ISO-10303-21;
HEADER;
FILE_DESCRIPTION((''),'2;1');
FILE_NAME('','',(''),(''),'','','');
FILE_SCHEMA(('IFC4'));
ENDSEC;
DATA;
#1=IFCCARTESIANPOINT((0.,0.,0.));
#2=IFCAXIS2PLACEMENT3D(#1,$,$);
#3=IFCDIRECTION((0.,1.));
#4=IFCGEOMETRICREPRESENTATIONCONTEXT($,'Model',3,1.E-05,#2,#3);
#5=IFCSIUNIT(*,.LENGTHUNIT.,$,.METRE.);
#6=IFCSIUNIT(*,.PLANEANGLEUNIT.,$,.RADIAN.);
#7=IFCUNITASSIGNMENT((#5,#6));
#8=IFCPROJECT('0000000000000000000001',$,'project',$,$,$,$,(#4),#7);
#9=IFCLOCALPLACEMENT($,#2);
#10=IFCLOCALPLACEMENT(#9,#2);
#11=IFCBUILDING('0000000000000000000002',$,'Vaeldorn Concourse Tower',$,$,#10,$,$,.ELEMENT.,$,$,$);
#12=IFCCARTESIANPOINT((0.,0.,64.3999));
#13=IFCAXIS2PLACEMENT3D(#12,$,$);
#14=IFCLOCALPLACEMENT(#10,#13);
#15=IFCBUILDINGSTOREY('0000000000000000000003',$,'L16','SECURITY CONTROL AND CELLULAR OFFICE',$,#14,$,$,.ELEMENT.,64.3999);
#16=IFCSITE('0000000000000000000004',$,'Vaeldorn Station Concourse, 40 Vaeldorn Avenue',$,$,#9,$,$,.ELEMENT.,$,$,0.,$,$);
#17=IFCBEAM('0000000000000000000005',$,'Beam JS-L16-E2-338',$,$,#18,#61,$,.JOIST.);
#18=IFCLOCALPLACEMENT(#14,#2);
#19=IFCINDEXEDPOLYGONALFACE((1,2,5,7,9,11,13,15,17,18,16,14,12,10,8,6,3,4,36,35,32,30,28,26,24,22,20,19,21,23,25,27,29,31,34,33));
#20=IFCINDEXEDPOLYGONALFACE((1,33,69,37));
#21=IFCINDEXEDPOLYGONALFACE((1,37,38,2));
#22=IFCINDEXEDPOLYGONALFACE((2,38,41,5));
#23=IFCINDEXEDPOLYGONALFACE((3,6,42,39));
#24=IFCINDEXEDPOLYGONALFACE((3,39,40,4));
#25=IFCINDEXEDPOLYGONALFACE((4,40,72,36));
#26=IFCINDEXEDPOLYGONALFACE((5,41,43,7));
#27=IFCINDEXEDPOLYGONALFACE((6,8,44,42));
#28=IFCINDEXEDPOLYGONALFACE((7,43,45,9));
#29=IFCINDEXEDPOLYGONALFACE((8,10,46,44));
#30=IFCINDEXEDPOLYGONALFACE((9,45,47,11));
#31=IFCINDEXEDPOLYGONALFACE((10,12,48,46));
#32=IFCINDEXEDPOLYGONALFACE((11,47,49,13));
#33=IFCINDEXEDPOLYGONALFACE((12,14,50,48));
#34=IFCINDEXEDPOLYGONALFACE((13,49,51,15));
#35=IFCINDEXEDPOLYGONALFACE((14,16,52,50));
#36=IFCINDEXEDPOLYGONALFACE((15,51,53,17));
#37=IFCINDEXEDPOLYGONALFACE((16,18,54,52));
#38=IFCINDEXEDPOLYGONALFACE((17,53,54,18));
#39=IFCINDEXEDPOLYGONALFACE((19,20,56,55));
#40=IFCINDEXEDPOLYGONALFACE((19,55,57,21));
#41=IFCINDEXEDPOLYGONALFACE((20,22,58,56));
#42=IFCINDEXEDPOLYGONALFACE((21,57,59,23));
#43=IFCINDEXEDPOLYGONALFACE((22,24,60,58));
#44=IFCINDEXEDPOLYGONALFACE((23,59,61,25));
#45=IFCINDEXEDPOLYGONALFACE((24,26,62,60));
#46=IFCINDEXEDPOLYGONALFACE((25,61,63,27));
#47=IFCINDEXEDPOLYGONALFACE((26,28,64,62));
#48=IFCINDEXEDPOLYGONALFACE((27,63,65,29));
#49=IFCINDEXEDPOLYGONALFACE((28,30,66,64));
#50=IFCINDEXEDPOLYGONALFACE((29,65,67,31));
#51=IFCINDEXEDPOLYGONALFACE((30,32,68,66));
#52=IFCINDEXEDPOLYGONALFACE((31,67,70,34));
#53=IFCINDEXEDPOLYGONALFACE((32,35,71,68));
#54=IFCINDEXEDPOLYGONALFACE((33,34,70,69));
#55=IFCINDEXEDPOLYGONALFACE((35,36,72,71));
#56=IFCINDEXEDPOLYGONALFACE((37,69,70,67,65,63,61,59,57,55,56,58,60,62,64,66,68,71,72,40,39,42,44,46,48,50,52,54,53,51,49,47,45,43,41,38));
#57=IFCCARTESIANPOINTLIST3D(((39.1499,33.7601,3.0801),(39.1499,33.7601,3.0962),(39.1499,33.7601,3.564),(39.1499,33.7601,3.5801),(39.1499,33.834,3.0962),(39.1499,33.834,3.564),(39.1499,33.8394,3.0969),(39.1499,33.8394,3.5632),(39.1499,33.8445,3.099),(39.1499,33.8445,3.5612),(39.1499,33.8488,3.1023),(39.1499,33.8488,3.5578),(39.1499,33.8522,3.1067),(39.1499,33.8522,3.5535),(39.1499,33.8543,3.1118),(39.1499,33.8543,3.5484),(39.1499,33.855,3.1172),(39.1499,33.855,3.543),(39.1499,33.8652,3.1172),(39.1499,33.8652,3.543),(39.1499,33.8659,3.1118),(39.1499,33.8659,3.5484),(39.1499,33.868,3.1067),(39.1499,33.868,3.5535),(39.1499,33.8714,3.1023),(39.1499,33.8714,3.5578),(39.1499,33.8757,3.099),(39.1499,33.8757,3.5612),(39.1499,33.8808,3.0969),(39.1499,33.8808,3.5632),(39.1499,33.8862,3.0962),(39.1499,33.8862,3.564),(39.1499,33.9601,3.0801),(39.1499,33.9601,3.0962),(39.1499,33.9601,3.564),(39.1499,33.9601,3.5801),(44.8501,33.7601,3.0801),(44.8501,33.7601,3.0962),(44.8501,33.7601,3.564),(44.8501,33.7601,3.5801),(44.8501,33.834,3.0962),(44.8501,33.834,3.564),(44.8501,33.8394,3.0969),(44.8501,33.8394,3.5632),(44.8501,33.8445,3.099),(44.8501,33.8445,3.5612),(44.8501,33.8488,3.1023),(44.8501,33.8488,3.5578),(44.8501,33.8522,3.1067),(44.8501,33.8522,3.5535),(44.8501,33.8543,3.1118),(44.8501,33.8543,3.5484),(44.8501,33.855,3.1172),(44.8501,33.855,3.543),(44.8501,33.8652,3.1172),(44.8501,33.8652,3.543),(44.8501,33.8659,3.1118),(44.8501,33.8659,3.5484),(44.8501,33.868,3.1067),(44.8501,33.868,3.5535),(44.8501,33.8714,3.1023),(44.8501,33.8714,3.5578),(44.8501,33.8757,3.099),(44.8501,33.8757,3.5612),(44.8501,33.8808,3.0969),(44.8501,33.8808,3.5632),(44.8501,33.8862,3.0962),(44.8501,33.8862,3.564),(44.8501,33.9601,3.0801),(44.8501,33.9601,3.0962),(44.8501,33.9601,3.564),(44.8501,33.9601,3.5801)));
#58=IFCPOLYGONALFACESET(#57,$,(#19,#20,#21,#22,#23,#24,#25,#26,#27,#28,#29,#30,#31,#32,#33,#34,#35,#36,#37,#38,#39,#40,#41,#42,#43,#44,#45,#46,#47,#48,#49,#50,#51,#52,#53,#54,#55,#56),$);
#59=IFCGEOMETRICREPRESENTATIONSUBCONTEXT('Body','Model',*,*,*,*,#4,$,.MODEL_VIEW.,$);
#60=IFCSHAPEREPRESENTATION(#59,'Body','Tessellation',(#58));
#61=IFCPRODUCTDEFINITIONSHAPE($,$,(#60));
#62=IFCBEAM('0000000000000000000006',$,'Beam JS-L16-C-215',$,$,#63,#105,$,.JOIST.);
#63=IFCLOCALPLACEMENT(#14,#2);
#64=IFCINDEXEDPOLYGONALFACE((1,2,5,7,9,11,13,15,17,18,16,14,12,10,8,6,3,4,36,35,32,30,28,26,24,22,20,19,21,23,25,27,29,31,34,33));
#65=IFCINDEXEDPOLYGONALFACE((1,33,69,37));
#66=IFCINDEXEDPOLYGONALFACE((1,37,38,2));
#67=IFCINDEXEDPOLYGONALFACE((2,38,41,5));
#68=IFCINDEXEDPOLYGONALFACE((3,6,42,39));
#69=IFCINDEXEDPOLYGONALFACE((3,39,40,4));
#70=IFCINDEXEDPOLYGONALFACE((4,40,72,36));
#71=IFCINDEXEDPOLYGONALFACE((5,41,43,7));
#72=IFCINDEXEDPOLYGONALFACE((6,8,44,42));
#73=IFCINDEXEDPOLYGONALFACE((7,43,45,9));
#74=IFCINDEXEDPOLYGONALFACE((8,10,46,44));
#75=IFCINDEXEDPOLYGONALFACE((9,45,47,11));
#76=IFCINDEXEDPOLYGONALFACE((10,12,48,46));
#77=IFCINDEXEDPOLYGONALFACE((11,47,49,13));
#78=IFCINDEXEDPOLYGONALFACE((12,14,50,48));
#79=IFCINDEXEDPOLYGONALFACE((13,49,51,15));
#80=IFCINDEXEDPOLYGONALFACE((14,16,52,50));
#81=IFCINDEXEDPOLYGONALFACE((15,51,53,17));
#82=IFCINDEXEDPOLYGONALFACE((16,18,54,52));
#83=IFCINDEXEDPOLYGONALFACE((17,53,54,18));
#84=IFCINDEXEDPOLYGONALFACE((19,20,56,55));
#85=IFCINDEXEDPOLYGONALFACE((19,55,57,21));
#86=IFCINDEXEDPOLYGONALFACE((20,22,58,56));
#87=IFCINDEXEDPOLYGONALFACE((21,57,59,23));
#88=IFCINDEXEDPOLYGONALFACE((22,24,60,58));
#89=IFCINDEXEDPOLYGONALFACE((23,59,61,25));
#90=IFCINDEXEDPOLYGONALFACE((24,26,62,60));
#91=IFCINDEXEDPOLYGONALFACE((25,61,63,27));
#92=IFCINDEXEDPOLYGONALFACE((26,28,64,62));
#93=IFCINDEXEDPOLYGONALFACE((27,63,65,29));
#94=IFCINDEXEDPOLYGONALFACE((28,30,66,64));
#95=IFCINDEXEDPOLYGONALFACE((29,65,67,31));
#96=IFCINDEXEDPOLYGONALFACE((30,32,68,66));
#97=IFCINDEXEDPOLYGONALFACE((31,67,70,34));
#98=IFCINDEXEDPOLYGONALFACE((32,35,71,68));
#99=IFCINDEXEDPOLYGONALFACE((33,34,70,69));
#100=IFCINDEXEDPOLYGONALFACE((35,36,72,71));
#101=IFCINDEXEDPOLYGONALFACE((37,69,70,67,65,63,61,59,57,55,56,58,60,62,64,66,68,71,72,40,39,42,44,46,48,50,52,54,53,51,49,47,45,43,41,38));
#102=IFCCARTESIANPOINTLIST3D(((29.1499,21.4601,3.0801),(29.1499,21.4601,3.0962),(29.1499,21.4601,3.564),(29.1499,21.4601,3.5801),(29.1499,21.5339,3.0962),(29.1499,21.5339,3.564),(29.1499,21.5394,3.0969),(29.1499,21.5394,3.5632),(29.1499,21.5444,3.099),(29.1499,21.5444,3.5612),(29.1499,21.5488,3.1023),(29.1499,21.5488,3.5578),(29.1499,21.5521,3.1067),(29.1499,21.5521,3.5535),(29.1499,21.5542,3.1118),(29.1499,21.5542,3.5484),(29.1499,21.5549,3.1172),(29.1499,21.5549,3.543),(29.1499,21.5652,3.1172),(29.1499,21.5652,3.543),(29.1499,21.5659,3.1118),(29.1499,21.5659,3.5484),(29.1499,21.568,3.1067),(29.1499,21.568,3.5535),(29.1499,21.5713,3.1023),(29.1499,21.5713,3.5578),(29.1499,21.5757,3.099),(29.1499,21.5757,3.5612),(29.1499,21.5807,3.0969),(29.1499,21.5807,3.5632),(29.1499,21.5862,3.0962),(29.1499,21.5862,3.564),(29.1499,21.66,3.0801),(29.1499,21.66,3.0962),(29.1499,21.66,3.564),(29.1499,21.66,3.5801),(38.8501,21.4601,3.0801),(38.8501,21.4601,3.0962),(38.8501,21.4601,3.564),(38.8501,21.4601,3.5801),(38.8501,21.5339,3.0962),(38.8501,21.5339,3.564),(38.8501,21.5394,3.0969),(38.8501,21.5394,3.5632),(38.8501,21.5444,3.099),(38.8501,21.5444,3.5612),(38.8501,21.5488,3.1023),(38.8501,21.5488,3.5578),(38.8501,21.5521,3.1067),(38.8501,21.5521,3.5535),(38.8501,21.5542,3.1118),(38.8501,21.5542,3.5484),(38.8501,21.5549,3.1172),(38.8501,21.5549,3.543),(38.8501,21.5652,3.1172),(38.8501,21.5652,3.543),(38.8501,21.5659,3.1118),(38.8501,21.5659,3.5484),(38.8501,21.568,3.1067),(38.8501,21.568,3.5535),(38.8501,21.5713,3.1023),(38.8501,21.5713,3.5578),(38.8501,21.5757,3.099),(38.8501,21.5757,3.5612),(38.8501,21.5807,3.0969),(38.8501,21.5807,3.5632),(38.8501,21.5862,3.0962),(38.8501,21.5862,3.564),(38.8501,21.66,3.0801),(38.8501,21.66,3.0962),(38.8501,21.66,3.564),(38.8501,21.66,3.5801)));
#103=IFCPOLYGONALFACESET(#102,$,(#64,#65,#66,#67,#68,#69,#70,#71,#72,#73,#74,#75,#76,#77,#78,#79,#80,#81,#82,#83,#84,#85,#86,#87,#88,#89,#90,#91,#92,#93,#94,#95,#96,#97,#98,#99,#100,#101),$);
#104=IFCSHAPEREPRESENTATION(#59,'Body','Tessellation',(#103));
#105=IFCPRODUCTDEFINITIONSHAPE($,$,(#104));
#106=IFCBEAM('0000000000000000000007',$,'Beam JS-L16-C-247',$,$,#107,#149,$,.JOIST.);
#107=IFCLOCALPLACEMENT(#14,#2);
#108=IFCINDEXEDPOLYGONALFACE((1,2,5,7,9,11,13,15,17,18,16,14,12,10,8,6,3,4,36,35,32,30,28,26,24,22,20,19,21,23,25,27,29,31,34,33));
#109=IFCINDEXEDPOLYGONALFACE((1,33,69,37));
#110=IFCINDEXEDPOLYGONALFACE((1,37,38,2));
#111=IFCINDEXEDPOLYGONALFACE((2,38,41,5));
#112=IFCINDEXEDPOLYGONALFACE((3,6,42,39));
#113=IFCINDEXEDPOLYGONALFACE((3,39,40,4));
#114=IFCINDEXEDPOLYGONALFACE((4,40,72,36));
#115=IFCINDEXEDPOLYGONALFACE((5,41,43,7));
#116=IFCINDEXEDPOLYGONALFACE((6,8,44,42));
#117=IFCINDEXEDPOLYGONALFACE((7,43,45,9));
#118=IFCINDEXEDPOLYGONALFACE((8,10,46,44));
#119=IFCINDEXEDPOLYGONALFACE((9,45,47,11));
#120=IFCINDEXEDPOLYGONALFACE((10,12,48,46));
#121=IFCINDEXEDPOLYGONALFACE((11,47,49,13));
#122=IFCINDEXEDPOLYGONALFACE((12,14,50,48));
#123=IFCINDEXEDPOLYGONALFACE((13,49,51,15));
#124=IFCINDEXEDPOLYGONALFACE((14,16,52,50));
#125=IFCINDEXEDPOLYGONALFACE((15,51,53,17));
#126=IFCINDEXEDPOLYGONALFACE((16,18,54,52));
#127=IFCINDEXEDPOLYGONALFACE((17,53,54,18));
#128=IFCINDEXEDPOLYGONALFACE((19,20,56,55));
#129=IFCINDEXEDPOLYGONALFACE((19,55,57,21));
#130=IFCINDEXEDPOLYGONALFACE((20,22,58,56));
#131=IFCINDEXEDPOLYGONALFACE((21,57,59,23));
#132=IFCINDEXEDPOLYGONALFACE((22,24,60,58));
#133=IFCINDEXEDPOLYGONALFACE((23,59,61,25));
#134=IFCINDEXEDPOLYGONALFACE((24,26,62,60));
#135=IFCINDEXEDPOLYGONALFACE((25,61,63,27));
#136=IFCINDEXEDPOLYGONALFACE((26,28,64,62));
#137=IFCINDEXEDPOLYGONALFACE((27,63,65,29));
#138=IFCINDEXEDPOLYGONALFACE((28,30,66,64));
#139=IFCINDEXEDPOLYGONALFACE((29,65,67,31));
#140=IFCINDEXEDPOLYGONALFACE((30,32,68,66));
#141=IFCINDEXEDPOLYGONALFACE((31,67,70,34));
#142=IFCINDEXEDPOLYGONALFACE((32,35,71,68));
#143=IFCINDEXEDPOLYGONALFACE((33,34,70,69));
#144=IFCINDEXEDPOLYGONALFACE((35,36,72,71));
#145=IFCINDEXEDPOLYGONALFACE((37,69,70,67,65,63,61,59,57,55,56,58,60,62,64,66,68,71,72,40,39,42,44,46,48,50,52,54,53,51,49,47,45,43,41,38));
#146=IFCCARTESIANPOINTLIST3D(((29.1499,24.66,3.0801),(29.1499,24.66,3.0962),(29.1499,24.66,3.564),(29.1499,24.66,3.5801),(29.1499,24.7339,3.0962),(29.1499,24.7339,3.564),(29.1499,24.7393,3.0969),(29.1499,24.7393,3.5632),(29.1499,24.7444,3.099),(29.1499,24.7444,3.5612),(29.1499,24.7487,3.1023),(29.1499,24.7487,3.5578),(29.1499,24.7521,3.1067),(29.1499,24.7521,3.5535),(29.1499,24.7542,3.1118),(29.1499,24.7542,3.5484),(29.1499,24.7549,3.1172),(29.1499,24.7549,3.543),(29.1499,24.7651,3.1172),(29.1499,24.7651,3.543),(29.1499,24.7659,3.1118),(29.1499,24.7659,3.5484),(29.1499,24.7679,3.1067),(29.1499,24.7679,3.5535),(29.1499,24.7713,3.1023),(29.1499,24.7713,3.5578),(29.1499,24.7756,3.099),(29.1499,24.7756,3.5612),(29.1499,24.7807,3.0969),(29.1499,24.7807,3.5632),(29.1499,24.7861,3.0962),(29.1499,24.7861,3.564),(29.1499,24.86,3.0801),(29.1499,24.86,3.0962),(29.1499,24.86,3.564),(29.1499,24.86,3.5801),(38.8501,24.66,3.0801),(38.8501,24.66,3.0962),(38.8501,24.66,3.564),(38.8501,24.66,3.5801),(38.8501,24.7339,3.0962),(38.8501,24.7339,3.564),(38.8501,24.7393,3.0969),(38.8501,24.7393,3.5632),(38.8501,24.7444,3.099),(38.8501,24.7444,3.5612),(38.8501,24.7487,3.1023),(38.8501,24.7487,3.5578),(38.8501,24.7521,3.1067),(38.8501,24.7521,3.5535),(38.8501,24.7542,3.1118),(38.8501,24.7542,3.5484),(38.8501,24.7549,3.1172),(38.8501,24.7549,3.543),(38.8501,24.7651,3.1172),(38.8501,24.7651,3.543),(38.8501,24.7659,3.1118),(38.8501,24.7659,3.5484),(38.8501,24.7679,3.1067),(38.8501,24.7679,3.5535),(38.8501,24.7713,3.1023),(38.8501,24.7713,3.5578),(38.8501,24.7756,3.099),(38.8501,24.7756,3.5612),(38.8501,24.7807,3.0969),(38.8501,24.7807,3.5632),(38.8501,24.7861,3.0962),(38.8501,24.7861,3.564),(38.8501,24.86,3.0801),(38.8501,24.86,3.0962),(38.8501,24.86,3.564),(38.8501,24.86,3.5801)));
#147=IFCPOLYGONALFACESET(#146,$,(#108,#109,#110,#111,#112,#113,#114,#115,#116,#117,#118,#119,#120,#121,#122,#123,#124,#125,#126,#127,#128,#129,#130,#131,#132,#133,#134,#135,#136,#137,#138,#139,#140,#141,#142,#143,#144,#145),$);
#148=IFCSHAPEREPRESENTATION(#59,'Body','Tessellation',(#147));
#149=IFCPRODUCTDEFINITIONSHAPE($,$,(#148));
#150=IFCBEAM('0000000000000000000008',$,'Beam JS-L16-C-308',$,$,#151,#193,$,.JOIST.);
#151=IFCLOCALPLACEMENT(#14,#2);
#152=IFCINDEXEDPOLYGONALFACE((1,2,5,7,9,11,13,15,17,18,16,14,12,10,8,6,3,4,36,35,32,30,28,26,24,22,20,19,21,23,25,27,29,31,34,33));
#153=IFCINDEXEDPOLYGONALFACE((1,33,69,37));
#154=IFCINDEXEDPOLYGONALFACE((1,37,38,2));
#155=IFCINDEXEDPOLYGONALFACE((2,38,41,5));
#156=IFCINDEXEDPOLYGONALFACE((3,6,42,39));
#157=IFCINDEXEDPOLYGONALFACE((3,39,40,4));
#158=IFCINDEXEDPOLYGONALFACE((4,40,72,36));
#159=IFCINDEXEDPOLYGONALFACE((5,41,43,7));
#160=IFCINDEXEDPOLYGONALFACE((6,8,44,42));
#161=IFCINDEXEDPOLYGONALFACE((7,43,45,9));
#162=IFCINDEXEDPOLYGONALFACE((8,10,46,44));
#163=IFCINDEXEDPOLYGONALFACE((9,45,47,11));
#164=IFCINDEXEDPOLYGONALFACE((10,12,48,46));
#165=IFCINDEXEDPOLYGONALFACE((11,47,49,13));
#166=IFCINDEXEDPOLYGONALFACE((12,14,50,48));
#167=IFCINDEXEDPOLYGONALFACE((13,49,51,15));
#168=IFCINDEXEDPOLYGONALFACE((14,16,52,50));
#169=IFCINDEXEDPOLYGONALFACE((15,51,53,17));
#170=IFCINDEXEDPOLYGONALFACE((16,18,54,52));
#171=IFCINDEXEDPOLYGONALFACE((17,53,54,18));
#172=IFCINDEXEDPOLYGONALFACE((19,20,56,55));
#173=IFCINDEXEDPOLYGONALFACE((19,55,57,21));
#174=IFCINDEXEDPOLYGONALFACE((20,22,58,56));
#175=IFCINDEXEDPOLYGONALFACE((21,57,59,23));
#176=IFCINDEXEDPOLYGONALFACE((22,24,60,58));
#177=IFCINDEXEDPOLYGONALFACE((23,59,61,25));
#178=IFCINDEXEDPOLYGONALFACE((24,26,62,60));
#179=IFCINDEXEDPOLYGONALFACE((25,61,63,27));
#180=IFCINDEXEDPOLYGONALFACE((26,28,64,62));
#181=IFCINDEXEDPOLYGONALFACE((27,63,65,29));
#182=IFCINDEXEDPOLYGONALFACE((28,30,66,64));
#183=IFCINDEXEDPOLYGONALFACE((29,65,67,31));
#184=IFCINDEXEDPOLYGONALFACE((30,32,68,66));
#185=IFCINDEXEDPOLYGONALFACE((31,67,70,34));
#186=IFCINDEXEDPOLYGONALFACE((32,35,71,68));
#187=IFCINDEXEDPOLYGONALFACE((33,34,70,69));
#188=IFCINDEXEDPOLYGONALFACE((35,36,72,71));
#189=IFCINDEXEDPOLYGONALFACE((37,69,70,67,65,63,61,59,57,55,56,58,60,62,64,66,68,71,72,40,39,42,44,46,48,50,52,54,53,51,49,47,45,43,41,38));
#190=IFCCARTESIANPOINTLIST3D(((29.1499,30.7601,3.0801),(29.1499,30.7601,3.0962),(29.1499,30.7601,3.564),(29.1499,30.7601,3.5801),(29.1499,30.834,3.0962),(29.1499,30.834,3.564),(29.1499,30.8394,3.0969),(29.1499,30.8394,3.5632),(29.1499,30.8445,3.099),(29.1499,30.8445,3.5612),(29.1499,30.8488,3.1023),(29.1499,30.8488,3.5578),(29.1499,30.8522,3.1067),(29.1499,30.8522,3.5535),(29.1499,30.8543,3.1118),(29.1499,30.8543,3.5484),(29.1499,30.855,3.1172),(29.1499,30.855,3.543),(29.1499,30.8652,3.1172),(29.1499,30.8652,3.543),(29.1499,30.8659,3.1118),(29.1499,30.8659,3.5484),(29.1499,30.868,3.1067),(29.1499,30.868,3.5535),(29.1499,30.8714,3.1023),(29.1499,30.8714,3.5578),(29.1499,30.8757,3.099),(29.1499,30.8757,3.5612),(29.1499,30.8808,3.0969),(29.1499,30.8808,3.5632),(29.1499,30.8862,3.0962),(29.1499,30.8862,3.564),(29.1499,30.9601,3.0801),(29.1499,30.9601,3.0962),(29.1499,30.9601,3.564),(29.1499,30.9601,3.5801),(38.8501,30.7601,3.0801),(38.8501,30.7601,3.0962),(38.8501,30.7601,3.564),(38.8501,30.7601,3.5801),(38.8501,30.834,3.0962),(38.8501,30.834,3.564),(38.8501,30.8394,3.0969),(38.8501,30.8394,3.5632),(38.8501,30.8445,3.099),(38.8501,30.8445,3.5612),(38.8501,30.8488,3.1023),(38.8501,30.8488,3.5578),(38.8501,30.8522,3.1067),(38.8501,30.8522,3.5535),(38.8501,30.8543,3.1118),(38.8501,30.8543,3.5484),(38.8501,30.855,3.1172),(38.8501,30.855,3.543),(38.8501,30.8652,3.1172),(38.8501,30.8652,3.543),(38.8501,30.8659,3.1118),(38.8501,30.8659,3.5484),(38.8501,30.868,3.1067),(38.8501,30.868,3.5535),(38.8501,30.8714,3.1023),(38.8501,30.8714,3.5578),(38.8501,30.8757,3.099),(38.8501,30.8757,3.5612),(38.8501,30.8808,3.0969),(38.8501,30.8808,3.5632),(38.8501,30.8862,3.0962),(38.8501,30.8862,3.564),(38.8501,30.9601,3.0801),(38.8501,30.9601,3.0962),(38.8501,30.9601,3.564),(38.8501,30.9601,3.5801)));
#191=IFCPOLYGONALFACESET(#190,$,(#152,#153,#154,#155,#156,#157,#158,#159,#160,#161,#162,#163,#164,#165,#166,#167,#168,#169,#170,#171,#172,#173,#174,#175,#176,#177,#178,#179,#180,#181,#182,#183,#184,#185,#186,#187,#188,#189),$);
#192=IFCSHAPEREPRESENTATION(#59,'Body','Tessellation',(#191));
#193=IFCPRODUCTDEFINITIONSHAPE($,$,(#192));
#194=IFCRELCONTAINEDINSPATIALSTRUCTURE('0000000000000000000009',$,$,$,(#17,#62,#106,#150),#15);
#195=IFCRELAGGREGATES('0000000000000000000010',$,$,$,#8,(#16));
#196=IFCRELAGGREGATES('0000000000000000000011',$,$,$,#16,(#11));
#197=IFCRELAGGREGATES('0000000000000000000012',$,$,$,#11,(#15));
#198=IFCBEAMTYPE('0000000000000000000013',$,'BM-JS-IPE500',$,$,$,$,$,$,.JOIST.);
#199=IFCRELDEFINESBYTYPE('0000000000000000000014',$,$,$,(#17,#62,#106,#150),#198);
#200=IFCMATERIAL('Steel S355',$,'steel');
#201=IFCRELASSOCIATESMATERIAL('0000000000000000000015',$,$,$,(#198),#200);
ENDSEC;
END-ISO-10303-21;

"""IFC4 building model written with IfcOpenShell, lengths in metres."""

from ifc_helpers import new_model, si_unit, direction, frame, origin, origin_2d, place, context, subcontext, project, spatial, i_section, extrude, source, transform, mapped, material, material_profile, profile_set, type_object, element, save


model = new_model("IFC4")

# Units and contexts
model_context = context("Model", 3, precision=1e-05, world=origin(), true_north=direction((0.0, 1.0)))
body_context = subcontext(model_context, "Body", "Model", "MODEL_VIEW")
ifc_project = project(units=[si_unit("LENGTHUNIT", "METRE"), si_unit("PLANEANGLEUNIT", "RADIAN")], contexts=[model_context])

# Site, building, storey
site_placement = place(None, origin())
site = spatial("IfcSite", under=ifc_project, at=site_placement, Name="Vaeldorn Station Concourse, 40 Vaeldorn Avenue", CompositionType="ELEMENT", RefElevation=0.0)
building_placement = place(site_placement, origin())
building = spatial("IfcBuilding", under=site, at=building_placement, Name="Vaeldorn Concourse Tower", CompositionType="ELEMENT")
storey_placement = place(building_placement, frame((0.0, 0.0, 64.3999)))
storey = spatial("IfcBuildingStorey", under=building, at=storey_placement, Name="L16", Description="SECURITY CONTROL AND CELLULAR OFFICE", CompositionType="ELEMENT", Elevation=64.3999)

# Beams
ifc_material_1 = material(Name="Steel S355", Category="steel")
ifc_material_profile_1 = material_profile(ifc_material_1, i_section(OverallWidth=0.2, OverallDepth=0.5, WebThickness=0.0103, FlangeThickness=0.0161, FilletRadius=0.021, at=origin_2d()), Name="IPE 500")
ifc_profile_set_1 = profile_set([ifc_material_profile_1], Name="Steel S355")
beam_type_1 = type_object("IfcBeamType", Name="BM-JS-IPE500", PredefinedType="JOIST", material=ifc_profile_set_1)
shared_shape_1 = source(origin(), body_context, "Body", "SweptSolid", [
    extrude(i_section(OverallWidth=0.2, OverallDepth=0.5, WebThickness=0.0103, FlangeThickness=0.0161, FilletRadius=0.021, at=origin_2d()), origin(), (0.0, 0.0, 1.0), 5.7002),
])
for number, where, z_axis, x_axis, name in (
    (1, (39.1499, 33.8601, 3.3301), (1.0, 0.0, 0.0), (0.0, 1.0, 0.0), "Beam JS-L16-E2-338"),
):
    element("IfcBeam", number, at=place(storey_placement, frame(where, z_axis=z_axis, x_axis=x_axis)), inside=storey, type_object=beam_type_1, Name=name, PredefinedType="JOIST", context=body_context, shape_type="MappedRepresentation", body=[
        mapped(shared_shape_1, transform((0.0, 0.0, 0.0), scale=1.0)),
    ])
shared_shape_2 = source(origin(), body_context, "Body", "SweptSolid", [
    extrude(i_section(OverallWidth=0.2, OverallDepth=0.5, WebThickness=0.0103, FlangeThickness=0.0161, FilletRadius=0.021, at=origin_2d()), origin(), (0.0, 0.0, 1.0), 9.7002),
])
for number, where, z_axis, x_axis, name in (
    (2, (29.1499, 21.5601, 3.3301), (1.0, 0.0, 0.0), (0.0, 1.0, 0.0), "Beam JS-L16-C-215"),
    (3, (29.1499, 24.76, 3.3301), (1.0, 0.0, 0.0), (0.0, 1.0, 0.0), "Beam JS-L16-C-247"),
    (4, (29.1499, 30.8601, 3.3301), (1.0, 0.0, 0.0), (0.0, 1.0, 0.0), "Beam JS-L16-C-308"),
):
    element("IfcBeam", number, at=place(storey_placement, frame(where, z_axis=z_axis, x_axis=x_axis)), inside=storey, type_object=beam_type_1, Name=name, PredefinedType="JOIST", context=body_context, shape_type="MappedRepresentation", body=[
        mapped(shared_shape_2, transform((0.0, 0.0, 0.0), scale=1.0)),
    ])

save(model, "model.ifc")
